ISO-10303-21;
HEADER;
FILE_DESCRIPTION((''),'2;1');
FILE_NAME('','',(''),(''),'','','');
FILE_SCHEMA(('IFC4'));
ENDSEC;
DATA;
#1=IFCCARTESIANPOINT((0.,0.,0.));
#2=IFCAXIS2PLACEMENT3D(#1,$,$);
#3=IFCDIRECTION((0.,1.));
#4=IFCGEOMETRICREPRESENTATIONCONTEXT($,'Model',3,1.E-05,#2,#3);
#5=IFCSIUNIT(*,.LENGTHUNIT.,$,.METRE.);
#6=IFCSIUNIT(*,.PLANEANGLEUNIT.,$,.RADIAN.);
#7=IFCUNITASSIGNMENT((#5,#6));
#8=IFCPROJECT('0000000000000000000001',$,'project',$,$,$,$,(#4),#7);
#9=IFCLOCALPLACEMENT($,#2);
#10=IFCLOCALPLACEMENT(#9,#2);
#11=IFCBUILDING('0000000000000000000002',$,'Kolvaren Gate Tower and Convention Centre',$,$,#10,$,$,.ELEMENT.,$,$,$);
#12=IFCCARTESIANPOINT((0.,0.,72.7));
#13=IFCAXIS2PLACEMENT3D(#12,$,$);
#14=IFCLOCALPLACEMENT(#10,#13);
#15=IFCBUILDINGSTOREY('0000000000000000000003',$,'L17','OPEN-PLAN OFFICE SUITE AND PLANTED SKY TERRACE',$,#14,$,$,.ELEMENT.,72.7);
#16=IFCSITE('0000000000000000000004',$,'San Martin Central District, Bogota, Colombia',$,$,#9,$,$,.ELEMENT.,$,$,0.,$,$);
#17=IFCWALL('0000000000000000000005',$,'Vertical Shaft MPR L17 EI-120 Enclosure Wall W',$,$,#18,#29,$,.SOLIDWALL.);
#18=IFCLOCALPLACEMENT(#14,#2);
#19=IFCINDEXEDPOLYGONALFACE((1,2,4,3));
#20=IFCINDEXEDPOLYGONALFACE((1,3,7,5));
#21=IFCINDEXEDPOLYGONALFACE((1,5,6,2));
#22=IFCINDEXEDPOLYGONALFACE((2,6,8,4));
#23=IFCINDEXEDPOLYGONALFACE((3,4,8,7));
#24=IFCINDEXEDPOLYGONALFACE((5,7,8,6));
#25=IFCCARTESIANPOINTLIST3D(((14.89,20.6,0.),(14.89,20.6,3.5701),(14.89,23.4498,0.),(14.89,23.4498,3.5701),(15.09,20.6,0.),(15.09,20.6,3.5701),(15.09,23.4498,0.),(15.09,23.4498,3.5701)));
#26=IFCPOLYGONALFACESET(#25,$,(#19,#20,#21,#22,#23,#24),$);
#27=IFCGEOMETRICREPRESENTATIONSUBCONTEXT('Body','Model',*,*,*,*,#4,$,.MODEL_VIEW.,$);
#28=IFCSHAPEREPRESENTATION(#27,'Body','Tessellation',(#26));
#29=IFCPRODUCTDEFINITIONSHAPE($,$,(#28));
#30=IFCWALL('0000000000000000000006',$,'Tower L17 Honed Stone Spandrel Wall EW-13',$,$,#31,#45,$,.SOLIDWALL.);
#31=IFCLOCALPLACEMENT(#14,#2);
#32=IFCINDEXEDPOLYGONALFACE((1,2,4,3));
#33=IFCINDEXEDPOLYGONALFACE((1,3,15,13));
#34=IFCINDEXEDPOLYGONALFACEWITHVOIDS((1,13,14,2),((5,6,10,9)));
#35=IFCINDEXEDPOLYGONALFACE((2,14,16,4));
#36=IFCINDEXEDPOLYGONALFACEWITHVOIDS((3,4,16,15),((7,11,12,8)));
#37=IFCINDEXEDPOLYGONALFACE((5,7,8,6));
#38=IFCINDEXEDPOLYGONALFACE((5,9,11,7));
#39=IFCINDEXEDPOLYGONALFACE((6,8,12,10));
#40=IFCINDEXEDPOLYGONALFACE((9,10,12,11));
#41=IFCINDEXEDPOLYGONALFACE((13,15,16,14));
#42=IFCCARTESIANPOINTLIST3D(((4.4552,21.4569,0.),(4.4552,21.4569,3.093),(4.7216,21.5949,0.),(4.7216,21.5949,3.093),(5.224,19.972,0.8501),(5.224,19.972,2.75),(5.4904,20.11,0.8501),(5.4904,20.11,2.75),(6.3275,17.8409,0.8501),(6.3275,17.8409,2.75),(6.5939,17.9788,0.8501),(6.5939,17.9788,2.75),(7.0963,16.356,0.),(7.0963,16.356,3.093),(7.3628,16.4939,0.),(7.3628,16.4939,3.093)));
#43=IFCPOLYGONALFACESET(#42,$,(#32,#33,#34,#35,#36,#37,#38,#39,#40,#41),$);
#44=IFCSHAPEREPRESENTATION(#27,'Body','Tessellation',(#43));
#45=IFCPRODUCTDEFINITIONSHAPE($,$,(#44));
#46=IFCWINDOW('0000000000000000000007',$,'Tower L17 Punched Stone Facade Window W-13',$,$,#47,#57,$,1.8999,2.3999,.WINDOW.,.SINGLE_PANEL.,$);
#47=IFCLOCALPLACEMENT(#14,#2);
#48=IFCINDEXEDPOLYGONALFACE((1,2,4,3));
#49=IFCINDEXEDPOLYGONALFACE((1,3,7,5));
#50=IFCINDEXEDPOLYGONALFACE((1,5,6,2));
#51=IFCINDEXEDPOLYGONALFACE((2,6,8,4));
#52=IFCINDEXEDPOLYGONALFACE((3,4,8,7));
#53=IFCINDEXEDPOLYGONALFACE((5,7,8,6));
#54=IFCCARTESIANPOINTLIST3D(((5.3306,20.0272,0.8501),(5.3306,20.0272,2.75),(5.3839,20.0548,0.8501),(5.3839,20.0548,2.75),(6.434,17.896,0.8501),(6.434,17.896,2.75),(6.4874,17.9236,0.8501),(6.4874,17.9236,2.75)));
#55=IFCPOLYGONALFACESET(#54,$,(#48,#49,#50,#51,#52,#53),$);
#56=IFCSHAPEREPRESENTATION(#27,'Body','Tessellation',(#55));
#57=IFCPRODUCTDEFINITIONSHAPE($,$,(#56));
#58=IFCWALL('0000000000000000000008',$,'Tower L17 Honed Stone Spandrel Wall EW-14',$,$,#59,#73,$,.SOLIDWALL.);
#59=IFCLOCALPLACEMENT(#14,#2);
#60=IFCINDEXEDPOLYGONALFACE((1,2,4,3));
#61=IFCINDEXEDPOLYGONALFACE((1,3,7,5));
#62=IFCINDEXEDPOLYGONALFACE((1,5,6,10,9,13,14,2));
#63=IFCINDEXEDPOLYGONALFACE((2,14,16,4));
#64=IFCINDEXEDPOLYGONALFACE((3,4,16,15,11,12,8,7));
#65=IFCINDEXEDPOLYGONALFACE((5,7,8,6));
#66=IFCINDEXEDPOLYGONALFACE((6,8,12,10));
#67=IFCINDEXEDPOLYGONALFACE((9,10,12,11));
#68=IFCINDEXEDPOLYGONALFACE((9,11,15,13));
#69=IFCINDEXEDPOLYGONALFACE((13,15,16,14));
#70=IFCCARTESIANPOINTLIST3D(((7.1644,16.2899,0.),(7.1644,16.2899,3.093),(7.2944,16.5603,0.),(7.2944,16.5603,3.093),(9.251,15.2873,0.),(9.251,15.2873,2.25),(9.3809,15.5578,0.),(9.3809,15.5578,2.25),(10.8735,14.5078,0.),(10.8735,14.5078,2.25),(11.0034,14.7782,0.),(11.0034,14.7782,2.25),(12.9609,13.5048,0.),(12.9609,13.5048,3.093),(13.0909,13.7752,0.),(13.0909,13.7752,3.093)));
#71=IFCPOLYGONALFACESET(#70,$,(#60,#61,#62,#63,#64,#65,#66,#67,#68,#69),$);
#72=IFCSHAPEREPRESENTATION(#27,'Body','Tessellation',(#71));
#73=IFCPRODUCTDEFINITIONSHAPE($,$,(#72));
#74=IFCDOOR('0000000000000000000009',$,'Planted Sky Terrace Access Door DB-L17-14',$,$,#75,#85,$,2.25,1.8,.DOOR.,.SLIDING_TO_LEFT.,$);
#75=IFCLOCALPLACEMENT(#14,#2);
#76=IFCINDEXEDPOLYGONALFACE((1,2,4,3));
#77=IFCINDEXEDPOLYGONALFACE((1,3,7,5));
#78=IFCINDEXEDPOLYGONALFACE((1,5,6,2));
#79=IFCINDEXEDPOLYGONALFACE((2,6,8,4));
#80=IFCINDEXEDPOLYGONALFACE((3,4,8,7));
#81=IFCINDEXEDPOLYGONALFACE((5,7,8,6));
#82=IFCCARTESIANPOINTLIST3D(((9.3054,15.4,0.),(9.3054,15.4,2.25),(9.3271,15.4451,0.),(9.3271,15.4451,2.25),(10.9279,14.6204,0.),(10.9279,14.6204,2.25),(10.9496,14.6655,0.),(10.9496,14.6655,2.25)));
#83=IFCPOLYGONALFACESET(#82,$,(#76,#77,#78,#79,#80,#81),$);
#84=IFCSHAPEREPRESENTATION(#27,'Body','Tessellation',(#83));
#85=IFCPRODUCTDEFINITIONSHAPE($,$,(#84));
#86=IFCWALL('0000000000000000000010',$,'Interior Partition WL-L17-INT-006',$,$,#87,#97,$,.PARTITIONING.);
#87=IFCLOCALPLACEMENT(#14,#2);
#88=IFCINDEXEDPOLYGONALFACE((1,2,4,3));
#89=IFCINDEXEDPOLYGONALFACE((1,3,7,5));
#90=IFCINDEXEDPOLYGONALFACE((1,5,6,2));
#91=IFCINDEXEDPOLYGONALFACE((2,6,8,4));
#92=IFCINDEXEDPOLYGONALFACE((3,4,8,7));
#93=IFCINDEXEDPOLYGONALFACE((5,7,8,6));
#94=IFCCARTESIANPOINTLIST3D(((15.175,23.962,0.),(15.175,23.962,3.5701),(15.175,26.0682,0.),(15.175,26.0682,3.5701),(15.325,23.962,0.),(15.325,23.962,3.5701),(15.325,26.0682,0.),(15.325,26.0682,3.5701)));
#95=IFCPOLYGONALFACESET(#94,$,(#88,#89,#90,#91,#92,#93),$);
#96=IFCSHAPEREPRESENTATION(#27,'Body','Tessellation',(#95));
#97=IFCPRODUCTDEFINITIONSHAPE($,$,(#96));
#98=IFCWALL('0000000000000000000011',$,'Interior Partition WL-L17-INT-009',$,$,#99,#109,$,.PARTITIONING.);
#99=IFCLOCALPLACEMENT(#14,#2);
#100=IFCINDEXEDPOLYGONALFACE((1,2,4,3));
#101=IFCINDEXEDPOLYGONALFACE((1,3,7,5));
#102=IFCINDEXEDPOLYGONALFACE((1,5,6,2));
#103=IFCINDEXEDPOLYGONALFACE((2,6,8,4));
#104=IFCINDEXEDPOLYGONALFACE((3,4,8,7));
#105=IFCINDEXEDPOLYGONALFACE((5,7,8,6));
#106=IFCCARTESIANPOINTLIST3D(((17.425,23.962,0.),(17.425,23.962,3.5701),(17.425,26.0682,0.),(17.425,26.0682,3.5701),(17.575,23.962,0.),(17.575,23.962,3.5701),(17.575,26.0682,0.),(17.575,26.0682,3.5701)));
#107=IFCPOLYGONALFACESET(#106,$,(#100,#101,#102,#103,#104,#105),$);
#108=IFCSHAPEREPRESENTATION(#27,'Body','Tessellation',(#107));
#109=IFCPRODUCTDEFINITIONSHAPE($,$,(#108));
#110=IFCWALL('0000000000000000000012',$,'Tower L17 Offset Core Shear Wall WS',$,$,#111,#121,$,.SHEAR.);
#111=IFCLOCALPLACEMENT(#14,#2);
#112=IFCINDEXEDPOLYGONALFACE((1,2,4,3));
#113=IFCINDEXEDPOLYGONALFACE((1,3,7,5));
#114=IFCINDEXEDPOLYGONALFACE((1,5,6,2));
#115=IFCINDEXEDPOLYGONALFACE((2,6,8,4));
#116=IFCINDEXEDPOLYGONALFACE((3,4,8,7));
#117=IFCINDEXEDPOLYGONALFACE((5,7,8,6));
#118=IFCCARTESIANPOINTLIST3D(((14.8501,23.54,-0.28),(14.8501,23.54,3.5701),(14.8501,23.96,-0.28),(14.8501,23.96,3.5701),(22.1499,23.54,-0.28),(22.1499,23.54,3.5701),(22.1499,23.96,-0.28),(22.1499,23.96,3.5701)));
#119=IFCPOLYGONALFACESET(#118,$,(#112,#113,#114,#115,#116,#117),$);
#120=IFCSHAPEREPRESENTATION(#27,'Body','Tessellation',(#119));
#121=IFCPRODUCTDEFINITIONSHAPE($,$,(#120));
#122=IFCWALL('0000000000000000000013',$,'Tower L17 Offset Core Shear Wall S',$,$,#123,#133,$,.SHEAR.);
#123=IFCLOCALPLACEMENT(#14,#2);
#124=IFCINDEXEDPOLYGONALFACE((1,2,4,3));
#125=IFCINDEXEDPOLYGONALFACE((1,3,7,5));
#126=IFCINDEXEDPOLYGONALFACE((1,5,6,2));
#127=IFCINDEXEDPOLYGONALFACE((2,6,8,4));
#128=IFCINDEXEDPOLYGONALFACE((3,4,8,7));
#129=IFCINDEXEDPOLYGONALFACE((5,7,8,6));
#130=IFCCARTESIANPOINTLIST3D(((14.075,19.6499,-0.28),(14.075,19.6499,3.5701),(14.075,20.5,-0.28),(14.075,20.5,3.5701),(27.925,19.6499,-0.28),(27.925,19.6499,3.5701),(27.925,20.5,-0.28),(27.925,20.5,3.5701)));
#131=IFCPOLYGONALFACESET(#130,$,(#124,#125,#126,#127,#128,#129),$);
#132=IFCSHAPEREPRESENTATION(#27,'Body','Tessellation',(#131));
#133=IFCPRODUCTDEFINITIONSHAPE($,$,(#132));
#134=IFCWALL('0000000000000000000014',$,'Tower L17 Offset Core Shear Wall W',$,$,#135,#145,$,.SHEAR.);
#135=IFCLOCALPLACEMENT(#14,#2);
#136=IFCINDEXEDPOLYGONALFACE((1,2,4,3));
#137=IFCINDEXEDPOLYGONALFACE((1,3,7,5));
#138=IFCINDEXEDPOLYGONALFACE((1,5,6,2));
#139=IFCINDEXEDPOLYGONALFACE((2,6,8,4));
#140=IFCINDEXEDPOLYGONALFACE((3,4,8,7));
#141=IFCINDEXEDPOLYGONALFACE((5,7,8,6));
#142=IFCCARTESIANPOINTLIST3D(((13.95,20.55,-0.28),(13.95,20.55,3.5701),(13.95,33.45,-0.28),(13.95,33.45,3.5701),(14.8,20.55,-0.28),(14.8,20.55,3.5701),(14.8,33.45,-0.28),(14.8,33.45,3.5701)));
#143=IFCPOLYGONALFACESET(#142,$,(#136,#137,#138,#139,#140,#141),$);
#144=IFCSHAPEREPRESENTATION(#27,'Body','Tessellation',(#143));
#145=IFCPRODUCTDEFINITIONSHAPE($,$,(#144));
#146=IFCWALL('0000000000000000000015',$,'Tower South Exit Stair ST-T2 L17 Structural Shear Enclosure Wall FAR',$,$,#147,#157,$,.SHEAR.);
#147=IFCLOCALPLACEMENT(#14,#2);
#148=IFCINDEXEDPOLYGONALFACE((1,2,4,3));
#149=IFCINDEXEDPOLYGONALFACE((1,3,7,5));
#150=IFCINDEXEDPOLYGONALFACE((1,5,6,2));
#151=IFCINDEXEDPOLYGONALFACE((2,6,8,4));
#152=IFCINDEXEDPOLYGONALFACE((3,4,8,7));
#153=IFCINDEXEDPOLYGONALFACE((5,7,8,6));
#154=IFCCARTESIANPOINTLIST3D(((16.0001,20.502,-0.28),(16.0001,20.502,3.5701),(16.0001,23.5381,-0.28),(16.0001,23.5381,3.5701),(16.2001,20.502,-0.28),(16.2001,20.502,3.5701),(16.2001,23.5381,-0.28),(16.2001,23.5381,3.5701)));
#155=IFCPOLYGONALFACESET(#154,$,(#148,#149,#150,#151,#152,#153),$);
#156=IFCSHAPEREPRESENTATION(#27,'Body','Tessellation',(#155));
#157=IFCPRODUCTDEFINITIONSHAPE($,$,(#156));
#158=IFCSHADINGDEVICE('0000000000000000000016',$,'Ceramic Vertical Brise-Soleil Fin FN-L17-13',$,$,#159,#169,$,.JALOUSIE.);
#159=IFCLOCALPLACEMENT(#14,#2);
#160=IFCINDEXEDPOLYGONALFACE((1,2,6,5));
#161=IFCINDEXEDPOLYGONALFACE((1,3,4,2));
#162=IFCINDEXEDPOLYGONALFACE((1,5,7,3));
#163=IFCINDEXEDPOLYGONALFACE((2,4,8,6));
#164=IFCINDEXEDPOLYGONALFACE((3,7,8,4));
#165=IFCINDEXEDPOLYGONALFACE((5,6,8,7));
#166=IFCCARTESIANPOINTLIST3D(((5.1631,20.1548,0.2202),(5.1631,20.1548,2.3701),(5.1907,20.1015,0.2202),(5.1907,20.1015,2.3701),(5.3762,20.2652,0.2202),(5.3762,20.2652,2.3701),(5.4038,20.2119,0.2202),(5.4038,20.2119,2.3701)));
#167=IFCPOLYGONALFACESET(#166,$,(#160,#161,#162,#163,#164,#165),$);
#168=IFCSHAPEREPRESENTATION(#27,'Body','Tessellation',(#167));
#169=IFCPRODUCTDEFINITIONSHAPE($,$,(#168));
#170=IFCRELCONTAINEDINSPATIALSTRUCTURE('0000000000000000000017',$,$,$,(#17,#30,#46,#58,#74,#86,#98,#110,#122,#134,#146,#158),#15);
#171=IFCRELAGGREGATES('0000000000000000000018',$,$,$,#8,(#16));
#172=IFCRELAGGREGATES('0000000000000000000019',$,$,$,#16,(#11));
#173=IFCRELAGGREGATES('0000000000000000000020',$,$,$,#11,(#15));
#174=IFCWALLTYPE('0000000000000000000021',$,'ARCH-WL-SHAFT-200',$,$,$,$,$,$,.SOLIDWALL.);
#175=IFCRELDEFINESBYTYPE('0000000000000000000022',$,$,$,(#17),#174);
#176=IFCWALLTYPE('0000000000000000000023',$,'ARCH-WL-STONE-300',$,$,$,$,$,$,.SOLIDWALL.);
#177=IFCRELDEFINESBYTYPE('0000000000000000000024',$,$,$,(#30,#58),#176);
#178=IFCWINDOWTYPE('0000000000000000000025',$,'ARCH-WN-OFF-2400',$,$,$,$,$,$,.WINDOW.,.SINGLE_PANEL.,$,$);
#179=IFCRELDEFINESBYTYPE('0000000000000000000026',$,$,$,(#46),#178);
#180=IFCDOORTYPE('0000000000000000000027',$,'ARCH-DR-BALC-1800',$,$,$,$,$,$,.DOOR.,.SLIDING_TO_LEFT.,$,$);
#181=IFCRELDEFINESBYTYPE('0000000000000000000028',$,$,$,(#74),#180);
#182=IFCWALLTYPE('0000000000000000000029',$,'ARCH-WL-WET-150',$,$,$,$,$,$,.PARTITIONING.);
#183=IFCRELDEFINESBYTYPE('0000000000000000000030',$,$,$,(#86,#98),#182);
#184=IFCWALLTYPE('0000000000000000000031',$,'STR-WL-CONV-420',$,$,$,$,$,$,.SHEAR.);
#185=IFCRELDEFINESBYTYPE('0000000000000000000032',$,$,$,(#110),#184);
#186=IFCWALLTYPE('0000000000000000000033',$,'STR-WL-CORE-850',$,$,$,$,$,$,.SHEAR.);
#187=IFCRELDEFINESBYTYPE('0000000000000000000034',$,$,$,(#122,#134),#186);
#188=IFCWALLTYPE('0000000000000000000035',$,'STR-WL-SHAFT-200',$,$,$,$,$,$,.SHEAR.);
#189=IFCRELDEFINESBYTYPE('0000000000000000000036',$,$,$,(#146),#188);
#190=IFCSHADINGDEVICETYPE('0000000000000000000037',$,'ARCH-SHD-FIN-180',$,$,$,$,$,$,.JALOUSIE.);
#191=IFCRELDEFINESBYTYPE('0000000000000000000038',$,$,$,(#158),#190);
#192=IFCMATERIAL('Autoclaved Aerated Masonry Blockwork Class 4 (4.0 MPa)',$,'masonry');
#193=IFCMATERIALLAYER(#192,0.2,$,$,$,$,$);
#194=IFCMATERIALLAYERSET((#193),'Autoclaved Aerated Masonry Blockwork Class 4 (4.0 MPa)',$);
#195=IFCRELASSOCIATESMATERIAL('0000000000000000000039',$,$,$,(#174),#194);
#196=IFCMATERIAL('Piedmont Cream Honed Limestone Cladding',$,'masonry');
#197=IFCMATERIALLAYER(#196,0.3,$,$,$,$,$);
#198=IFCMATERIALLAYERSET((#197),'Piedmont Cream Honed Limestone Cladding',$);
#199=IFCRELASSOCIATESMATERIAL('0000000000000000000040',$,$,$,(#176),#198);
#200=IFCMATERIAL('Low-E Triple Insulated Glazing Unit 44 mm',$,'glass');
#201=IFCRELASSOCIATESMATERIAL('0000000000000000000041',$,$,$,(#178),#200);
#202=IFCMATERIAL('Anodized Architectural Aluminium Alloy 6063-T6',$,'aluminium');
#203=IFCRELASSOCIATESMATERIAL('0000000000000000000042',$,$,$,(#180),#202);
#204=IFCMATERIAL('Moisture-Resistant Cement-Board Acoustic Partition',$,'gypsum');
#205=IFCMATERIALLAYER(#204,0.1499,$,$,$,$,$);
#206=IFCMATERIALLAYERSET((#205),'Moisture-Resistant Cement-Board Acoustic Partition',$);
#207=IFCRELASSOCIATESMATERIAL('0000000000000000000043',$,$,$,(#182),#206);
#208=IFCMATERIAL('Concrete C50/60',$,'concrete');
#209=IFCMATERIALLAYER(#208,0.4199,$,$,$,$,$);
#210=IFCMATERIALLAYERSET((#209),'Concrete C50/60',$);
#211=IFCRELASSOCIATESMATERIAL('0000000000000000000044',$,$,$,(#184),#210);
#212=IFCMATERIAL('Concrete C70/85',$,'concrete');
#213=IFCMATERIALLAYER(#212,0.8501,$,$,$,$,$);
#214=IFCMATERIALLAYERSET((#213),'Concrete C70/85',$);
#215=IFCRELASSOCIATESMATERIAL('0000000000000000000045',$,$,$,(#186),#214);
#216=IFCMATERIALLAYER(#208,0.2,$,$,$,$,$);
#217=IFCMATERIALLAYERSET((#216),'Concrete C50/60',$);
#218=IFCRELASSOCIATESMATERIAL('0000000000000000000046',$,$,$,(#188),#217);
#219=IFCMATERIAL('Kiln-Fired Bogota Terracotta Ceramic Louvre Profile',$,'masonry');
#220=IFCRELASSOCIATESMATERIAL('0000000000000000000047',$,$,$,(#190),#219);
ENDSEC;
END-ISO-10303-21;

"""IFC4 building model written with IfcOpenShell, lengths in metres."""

from ifc_helpers import new_model, si_unit, direction, frame, frame_2d, origin, origin_2d, place, context, subcontext, project, spatial, rectangle, extrude, material, layer, layer_set, type_object, element, fill, save


model = new_model("IFC4")

# Units and contexts
model_context = context("Model", 3, precision=1e-05, world=origin(), true_north=direction((0.0, 1.0)))
body_context = subcontext(model_context, "Body", "Model", "MODEL_VIEW")
ifc_project = project(units=[si_unit("LENGTHUNIT", "METRE"), si_unit("PLANEANGLEUNIT", "RADIAN")], contexts=[model_context])

# Site, building, storey
site_placement = place(None, origin())
site = spatial("IfcSite", under=ifc_project, at=site_placement, Name="San Martin Central District, Bogota, Colombia", CompositionType="ELEMENT", RefElevation=0.0)
building_placement = place(site_placement, origin())
building = spatial("IfcBuilding", under=site, at=building_placement, Name="Kolvaren Gate Tower and Convention Centre", CompositionType="ELEMENT")
storey_placement = place(building_placement, frame((0.0, 0.0, 72.7)))
storey = spatial("IfcBuildingStorey", under=building, at=storey_placement, Name="L17", Description="OPEN-PLAN OFFICE SUITE AND PLANTED SKY TERRACE", CompositionType="ELEMENT", Elevation=72.7)

# Shared definitions
ifc_material_1 = material(Name="Concrete C70/85", Category="concrete")

# Wall
ifc_material_2 = material(Name="Piedmont Cream Honed Limestone Cladding", Category="masonry")
ifc_material_3 = material(Name="Autoclaved Aerated Masonry Blockwork Class 4 (4.0 MPa)", Category="masonry")
ifc_layer_1 = layer(ifc_material_3, 0.2)
ifc_layer_set_1 = layer_set([ifc_layer_1], Name="Autoclaved Aerated Masonry Blockwork Class 4 (4.0 MPa)")
wall_type_1 = type_object("IfcWallType", Name="ARCH-WL-SHAFT-200", PredefinedType="SOLIDWALL", material=ifc_layer_set_1)
wall_1_placement = place(storey_placement, frame((14.99, 20.6001, 0.0), z_axis=(0.0, 0.0, 1.0), x_axis=(0.0, 1.0, 0.0)))
element("IfcWall", 1, at=wall_1_placement, inside=storey, type_object=wall_type_1, Name="Vertical Shaft MPR L17 EI-120 Enclosure Wall W", PredefinedType="SOLIDWALL", context=body_context, shape_type="SweptSolid", body=[
    extrude(rectangle(XDim=2.8499, YDim=0.2, at=frame_2d((1.4248, 0.0))), origin(), (0.0, 0.0, 1.0), 3.5701),
])

# Wall, opening, window
ifc_layer_2 = layer(ifc_material_2, 0.3)
ifc_layer_set_2 = layer_set([ifc_layer_2], Name="Piedmont Cream Honed Limestone Cladding")
wall_type_2 = type_object("IfcWallType", Name="ARCH-WL-STONE-300", PredefinedType="SOLIDWALL", material=ifc_layer_set_2)
wall_2_placement = place(storey_placement, frame((4.5884, 21.5259, 0.0), z_axis=(0.0, 0.0, 1.0), x_axis=(0.459801, -0.888022, 0.0)))
wall_2 = element("IfcWall", 2, at=wall_2_placement, inside=storey, type_object=wall_type_2, Name="Tower L17 Honed Stone Spandrel Wall EW-13", PredefinedType="SOLIDWALL", context=body_context, shape_type="SweptSolid", body=[
    extrude(rectangle(XDim=5.7441, YDim=0.3, at=frame_2d((2.8721, 0.0))), origin(), (0.0, 0.0, 1.0), 3.093),
])
opening_1_placement = place(wall_2_placement, frame((1.6721, 0.0, 0.8501)))
opening_1 = element("IfcOpeningElement", 3, at=opening_1_placement, cuts=wall_2, PredefinedType="OPENING", context=body_context, shape_type="SweptSolid", body=[
    extrude(rectangle(XDim=2.3999, YDim=1.8999, at=frame_2d((1.2, 0.95))), frame((0.0, 0.1599, 0.0), z_axis=(0.0, -1.0, 0.0), x_axis=(1.0, 0.0, 0.0)), (0.0, 0.0, 1.0), 0.3201),
])
ifc_material_4 = material(Name="Low-E Triple Insulated Glazing Unit 44 mm", Category="glass")
window_type = type_object("IfcWindowType", Name="ARCH-WN-OFF-2400", PartitioningType="SINGLE_PANEL", PredefinedType="WINDOW", material=ifc_material_4)
window_placement = place(opening_1_placement, origin())
window = element("IfcWindow", 4, at=window_placement, inside=storey, type_object=window_type, Name="Tower L17 Punched Stone Facade Window W-13", OverallHeight=1.8999, OverallWidth=2.3999, PartitioningType="SINGLE_PANEL", PredefinedType="WINDOW", context=body_context, shape_type="SweptSolid", body=[
    extrude(rectangle(XDim=2.3999, YDim=1.8999, at=frame_2d((1.2, 0.95))), frame((0.0, 0.03, 0.0), z_axis=(0.0, -1.0, 0.0), x_axis=(1.0, 0.0, 0.0)), (0.0, 0.0, 1.0), 0.0601),
])
fill(opening_1, window)

# Wall, opening, door
wall_3_placement = place(storey_placement, frame((7.2295, 16.425, 0.0), z_axis=(0.0, 0.0, 1.0), x_axis=(0.901355, -0.433082, 0.0)))
wall_3 = element("IfcWall", 5, at=wall_3_placement, inside=storey, type_object=wall_type_2, Name="Tower L17 Honed Stone Spandrel Wall EW-14", PredefinedType="SOLIDWALL", context=body_context, shape_type="SweptSolid", body=[
    extrude(rectangle(XDim=6.4309, YDim=0.3, at=frame_2d((3.2153, 0.0))), origin(), (0.0, 0.0, 1.0), 3.093),
])
opening_2_placement = place(wall_3_placement, frame((2.3149, 0.0, 0.0)))
opening_2 = element("IfcOpeningElement", 6, at=opening_2_placement, cuts=wall_3, PredefinedType="OPENING", context=body_context, shape_type="SweptSolid", body=[
    extrude(rectangle(XDim=1.8, YDim=2.25, at=frame_2d((0.8999, 1.125))), frame((0.0, 0.1599, 0.0), z_axis=(0.0, -1.0, 0.0), x_axis=(1.0, 0.0, 0.0)), (0.0, 0.0, 1.0), 0.3201),
])
ifc_material_5 = material(Name="Anodized Architectural Aluminium Alloy 6063-T6", Category="aluminium")
door_type = type_object("IfcDoorType", Name="ARCH-DR-BALC-1800", OperationType="SLIDING_TO_LEFT", PredefinedType="DOOR", material=ifc_material_5)
door_placement = place(opening_2_placement, frame((1.8, 0.0, 0.0), z_axis=(0.0, 0.0, 1.0), x_axis=(-1.0, 0.0, 0.0)))
door = element("IfcDoor", 7, at=door_placement, inside=storey, type_object=door_type, Name="Planted Sky Terrace Access Door DB-L17-14", OperationType="SLIDING_TO_LEFT", OverallHeight=2.25, OverallWidth=1.8, PredefinedType="DOOR", context=body_context, shape_type="SweptSolid", body=[
    extrude(rectangle(XDim=1.8, YDim=2.25, at=frame_2d((0.8999, 1.125))), frame((0.0, 0.0249, 0.0), z_axis=(0.0, -1.0, 0.0), x_axis=(1.0, 0.0, 0.0)), (0.0, 0.0, 1.0), 0.05),
])
fill(opening_2, door)

# Walls
ifc_material_6 = material(Name="Moisture-Resistant Cement-Board Acoustic Partition", Category="gypsum")
ifc_layer_3 = layer(ifc_material_6, 0.1499)
ifc_layer_set_3 = layer_set([ifc_layer_3], Name="Moisture-Resistant Cement-Board Acoustic Partition")
wall_type_3 = type_object("IfcWallType", Name="ARCH-WL-WET-150", PredefinedType="PARTITIONING", material=ifc_layer_set_3)
for number, where, z_axis, x_axis, name in (
    (8, (15.25, 23.9619, 0.0), (0.0, 0.0, 1.0), (0.0, 1.0, 0.0), "Interior Partition WL-L17-INT-006"),
    (9, (17.5, 23.9619, 0.0), (0.0, 0.0, 1.0), (0.0, 1.0, 0.0), "Interior Partition WL-L17-INT-009"),
):
    element("IfcWall", number, at=place(storey_placement, frame(where, z_axis=z_axis, x_axis=x_axis)), inside=storey, type_object=wall_type_3, Name=name, PredefinedType="PARTITIONING", context=body_context, shape_type="SweptSolid", body=[
        extrude(rectangle(XDim=2.1062, YDim=0.1499, at=frame_2d((1.0532, 0.0))), origin(), (0.0, 0.0, 1.0), 3.5701),
    ])
ifc_material_7 = material(Name="Concrete C50/60", Category="concrete")
ifc_layer_4 = layer(ifc_material_7, 0.4199)
ifc_layer_set_4 = layer_set([ifc_layer_4], Name="Concrete C50/60")
wall_type_4 = type_object("IfcWallType", Name="STR-WL-CONV-420", PredefinedType="SHEAR", material=ifc_layer_set_4)
wall_4_placement = place(storey_placement, frame((14.8501, 23.75, -0.28), z_axis=(0.0, 0.0, 1.0), x_axis=(1.0, 0.0, 0.0)))
element("IfcWall", 10, at=wall_4_placement, inside=storey, type_object=wall_type_4, Name="Tower L17 Offset Core Shear Wall WS", PredefinedType="SHEAR", context=body_context, shape_type="SweptSolid", body=[
    extrude(rectangle(XDim=7.2998, YDim=0.4199, at=frame_2d((3.6499, 0.0))), origin(), (0.0, 0.0, 1.0), 3.8501),
])
ifc_layer_5 = layer(ifc_material_1, 0.8501)
ifc_layer_set_5 = layer_set([ifc_layer_5], Name="Concrete C70/85")
wall_type_5 = type_object("IfcWallType", Name="STR-WL-CORE-850", PredefinedType="SHEAR", material=ifc_layer_set_5)
wall_5_placement = place(storey_placement, frame((14.075, 20.075, -0.28), z_axis=(0.0, 0.0, 1.0), x_axis=(1.0, 0.0, 0.0)))
element("IfcWall", 11, at=wall_5_placement, inside=storey, type_object=wall_type_5, Name="Tower L17 Offset Core Shear Wall S", PredefinedType="SHEAR", context=body_context, shape_type="SweptSolid", body=[
    extrude(rectangle(XDim=13.8501, YDim=0.8501, at=frame_2d((6.925, 0.0))), origin(), (0.0, 0.0, 1.0), 3.8501),
])
wall_6_placement = place(storey_placement, frame((14.375, 20.55, -0.28), z_axis=(0.0, 0.0, 1.0), x_axis=(0.0, 1.0, 0.0)))
element("IfcWall", 12, at=wall_6_placement, inside=storey, type_object=wall_type_5, Name="Tower L17 Offset Core Shear Wall W", PredefinedType="SHEAR", context=body_context, shape_type="SweptSolid", body=[
    extrude(rectangle(XDim=12.8999, YDim=0.8501, at=frame_2d((6.45, 0.0))), origin(), (0.0, 0.0, 1.0), 3.8501),
])
ifc_layer_6 = layer(ifc_material_7, 0.2)
ifc_layer_set_6 = layer_set([ifc_layer_6], Name="Concrete C50/60")
wall_type_6 = type_object("IfcWallType", Name="STR-WL-SHAFT-200", PredefinedType="SHEAR", material=ifc_layer_set_6)
wall_7_placement = place(storey_placement, frame((16.1001, 20.502, -0.28), z_axis=(0.0, 0.0, 1.0), x_axis=(0.0, 1.0, 0.0)))
element("IfcWall", 13, at=wall_7_placement, inside=storey, type_object=wall_type_6, Name="Tower South Exit Stair ST-T2 L17 Structural Shear Enclosure Wall FAR", PredefinedType="SHEAR", context=body_context, shape_type="SweptSolid", body=[
    extrude(rectangle(XDim=3.0361, YDim=0.2, at=frame_2d((1.5181, 0.0))), origin(), (0.0, 0.0, 1.0), 3.8501),
])

# Shading device
ifc_material_8 = material(Name="Kiln-Fired Bogota Terracotta Ceramic Louvre Profile", Category="masonry")
shading_device_type = type_object("IfcShadingDeviceType", Name="ARCH-SHD-FIN-180", PredefinedType="JALOUSIE", material=ifc_material_8)
shading_device_placement = place(storey_placement, frame((5.2834, 20.1833, 0.2202), z_axis=(0.0, 0.0, 1.0), x_axis=(0.459802, -0.888022, 0.0)))
element("IfcShadingDevice", 14, at=shading_device_placement, inside=storey, type_object=shading_device_type, Name="Ceramic Vertical Brise-Soleil Fin FN-L17-13", PredefinedType="JALOUSIE", context=body_context, shape_type="SweptSolid", body=[
    extrude(rectangle(XDim=0.0601, YDim=0.24, at=origin_2d()), origin(), (0.0, 0.0, 1.0), 2.1499),
])

save(model, "model.ifc")
